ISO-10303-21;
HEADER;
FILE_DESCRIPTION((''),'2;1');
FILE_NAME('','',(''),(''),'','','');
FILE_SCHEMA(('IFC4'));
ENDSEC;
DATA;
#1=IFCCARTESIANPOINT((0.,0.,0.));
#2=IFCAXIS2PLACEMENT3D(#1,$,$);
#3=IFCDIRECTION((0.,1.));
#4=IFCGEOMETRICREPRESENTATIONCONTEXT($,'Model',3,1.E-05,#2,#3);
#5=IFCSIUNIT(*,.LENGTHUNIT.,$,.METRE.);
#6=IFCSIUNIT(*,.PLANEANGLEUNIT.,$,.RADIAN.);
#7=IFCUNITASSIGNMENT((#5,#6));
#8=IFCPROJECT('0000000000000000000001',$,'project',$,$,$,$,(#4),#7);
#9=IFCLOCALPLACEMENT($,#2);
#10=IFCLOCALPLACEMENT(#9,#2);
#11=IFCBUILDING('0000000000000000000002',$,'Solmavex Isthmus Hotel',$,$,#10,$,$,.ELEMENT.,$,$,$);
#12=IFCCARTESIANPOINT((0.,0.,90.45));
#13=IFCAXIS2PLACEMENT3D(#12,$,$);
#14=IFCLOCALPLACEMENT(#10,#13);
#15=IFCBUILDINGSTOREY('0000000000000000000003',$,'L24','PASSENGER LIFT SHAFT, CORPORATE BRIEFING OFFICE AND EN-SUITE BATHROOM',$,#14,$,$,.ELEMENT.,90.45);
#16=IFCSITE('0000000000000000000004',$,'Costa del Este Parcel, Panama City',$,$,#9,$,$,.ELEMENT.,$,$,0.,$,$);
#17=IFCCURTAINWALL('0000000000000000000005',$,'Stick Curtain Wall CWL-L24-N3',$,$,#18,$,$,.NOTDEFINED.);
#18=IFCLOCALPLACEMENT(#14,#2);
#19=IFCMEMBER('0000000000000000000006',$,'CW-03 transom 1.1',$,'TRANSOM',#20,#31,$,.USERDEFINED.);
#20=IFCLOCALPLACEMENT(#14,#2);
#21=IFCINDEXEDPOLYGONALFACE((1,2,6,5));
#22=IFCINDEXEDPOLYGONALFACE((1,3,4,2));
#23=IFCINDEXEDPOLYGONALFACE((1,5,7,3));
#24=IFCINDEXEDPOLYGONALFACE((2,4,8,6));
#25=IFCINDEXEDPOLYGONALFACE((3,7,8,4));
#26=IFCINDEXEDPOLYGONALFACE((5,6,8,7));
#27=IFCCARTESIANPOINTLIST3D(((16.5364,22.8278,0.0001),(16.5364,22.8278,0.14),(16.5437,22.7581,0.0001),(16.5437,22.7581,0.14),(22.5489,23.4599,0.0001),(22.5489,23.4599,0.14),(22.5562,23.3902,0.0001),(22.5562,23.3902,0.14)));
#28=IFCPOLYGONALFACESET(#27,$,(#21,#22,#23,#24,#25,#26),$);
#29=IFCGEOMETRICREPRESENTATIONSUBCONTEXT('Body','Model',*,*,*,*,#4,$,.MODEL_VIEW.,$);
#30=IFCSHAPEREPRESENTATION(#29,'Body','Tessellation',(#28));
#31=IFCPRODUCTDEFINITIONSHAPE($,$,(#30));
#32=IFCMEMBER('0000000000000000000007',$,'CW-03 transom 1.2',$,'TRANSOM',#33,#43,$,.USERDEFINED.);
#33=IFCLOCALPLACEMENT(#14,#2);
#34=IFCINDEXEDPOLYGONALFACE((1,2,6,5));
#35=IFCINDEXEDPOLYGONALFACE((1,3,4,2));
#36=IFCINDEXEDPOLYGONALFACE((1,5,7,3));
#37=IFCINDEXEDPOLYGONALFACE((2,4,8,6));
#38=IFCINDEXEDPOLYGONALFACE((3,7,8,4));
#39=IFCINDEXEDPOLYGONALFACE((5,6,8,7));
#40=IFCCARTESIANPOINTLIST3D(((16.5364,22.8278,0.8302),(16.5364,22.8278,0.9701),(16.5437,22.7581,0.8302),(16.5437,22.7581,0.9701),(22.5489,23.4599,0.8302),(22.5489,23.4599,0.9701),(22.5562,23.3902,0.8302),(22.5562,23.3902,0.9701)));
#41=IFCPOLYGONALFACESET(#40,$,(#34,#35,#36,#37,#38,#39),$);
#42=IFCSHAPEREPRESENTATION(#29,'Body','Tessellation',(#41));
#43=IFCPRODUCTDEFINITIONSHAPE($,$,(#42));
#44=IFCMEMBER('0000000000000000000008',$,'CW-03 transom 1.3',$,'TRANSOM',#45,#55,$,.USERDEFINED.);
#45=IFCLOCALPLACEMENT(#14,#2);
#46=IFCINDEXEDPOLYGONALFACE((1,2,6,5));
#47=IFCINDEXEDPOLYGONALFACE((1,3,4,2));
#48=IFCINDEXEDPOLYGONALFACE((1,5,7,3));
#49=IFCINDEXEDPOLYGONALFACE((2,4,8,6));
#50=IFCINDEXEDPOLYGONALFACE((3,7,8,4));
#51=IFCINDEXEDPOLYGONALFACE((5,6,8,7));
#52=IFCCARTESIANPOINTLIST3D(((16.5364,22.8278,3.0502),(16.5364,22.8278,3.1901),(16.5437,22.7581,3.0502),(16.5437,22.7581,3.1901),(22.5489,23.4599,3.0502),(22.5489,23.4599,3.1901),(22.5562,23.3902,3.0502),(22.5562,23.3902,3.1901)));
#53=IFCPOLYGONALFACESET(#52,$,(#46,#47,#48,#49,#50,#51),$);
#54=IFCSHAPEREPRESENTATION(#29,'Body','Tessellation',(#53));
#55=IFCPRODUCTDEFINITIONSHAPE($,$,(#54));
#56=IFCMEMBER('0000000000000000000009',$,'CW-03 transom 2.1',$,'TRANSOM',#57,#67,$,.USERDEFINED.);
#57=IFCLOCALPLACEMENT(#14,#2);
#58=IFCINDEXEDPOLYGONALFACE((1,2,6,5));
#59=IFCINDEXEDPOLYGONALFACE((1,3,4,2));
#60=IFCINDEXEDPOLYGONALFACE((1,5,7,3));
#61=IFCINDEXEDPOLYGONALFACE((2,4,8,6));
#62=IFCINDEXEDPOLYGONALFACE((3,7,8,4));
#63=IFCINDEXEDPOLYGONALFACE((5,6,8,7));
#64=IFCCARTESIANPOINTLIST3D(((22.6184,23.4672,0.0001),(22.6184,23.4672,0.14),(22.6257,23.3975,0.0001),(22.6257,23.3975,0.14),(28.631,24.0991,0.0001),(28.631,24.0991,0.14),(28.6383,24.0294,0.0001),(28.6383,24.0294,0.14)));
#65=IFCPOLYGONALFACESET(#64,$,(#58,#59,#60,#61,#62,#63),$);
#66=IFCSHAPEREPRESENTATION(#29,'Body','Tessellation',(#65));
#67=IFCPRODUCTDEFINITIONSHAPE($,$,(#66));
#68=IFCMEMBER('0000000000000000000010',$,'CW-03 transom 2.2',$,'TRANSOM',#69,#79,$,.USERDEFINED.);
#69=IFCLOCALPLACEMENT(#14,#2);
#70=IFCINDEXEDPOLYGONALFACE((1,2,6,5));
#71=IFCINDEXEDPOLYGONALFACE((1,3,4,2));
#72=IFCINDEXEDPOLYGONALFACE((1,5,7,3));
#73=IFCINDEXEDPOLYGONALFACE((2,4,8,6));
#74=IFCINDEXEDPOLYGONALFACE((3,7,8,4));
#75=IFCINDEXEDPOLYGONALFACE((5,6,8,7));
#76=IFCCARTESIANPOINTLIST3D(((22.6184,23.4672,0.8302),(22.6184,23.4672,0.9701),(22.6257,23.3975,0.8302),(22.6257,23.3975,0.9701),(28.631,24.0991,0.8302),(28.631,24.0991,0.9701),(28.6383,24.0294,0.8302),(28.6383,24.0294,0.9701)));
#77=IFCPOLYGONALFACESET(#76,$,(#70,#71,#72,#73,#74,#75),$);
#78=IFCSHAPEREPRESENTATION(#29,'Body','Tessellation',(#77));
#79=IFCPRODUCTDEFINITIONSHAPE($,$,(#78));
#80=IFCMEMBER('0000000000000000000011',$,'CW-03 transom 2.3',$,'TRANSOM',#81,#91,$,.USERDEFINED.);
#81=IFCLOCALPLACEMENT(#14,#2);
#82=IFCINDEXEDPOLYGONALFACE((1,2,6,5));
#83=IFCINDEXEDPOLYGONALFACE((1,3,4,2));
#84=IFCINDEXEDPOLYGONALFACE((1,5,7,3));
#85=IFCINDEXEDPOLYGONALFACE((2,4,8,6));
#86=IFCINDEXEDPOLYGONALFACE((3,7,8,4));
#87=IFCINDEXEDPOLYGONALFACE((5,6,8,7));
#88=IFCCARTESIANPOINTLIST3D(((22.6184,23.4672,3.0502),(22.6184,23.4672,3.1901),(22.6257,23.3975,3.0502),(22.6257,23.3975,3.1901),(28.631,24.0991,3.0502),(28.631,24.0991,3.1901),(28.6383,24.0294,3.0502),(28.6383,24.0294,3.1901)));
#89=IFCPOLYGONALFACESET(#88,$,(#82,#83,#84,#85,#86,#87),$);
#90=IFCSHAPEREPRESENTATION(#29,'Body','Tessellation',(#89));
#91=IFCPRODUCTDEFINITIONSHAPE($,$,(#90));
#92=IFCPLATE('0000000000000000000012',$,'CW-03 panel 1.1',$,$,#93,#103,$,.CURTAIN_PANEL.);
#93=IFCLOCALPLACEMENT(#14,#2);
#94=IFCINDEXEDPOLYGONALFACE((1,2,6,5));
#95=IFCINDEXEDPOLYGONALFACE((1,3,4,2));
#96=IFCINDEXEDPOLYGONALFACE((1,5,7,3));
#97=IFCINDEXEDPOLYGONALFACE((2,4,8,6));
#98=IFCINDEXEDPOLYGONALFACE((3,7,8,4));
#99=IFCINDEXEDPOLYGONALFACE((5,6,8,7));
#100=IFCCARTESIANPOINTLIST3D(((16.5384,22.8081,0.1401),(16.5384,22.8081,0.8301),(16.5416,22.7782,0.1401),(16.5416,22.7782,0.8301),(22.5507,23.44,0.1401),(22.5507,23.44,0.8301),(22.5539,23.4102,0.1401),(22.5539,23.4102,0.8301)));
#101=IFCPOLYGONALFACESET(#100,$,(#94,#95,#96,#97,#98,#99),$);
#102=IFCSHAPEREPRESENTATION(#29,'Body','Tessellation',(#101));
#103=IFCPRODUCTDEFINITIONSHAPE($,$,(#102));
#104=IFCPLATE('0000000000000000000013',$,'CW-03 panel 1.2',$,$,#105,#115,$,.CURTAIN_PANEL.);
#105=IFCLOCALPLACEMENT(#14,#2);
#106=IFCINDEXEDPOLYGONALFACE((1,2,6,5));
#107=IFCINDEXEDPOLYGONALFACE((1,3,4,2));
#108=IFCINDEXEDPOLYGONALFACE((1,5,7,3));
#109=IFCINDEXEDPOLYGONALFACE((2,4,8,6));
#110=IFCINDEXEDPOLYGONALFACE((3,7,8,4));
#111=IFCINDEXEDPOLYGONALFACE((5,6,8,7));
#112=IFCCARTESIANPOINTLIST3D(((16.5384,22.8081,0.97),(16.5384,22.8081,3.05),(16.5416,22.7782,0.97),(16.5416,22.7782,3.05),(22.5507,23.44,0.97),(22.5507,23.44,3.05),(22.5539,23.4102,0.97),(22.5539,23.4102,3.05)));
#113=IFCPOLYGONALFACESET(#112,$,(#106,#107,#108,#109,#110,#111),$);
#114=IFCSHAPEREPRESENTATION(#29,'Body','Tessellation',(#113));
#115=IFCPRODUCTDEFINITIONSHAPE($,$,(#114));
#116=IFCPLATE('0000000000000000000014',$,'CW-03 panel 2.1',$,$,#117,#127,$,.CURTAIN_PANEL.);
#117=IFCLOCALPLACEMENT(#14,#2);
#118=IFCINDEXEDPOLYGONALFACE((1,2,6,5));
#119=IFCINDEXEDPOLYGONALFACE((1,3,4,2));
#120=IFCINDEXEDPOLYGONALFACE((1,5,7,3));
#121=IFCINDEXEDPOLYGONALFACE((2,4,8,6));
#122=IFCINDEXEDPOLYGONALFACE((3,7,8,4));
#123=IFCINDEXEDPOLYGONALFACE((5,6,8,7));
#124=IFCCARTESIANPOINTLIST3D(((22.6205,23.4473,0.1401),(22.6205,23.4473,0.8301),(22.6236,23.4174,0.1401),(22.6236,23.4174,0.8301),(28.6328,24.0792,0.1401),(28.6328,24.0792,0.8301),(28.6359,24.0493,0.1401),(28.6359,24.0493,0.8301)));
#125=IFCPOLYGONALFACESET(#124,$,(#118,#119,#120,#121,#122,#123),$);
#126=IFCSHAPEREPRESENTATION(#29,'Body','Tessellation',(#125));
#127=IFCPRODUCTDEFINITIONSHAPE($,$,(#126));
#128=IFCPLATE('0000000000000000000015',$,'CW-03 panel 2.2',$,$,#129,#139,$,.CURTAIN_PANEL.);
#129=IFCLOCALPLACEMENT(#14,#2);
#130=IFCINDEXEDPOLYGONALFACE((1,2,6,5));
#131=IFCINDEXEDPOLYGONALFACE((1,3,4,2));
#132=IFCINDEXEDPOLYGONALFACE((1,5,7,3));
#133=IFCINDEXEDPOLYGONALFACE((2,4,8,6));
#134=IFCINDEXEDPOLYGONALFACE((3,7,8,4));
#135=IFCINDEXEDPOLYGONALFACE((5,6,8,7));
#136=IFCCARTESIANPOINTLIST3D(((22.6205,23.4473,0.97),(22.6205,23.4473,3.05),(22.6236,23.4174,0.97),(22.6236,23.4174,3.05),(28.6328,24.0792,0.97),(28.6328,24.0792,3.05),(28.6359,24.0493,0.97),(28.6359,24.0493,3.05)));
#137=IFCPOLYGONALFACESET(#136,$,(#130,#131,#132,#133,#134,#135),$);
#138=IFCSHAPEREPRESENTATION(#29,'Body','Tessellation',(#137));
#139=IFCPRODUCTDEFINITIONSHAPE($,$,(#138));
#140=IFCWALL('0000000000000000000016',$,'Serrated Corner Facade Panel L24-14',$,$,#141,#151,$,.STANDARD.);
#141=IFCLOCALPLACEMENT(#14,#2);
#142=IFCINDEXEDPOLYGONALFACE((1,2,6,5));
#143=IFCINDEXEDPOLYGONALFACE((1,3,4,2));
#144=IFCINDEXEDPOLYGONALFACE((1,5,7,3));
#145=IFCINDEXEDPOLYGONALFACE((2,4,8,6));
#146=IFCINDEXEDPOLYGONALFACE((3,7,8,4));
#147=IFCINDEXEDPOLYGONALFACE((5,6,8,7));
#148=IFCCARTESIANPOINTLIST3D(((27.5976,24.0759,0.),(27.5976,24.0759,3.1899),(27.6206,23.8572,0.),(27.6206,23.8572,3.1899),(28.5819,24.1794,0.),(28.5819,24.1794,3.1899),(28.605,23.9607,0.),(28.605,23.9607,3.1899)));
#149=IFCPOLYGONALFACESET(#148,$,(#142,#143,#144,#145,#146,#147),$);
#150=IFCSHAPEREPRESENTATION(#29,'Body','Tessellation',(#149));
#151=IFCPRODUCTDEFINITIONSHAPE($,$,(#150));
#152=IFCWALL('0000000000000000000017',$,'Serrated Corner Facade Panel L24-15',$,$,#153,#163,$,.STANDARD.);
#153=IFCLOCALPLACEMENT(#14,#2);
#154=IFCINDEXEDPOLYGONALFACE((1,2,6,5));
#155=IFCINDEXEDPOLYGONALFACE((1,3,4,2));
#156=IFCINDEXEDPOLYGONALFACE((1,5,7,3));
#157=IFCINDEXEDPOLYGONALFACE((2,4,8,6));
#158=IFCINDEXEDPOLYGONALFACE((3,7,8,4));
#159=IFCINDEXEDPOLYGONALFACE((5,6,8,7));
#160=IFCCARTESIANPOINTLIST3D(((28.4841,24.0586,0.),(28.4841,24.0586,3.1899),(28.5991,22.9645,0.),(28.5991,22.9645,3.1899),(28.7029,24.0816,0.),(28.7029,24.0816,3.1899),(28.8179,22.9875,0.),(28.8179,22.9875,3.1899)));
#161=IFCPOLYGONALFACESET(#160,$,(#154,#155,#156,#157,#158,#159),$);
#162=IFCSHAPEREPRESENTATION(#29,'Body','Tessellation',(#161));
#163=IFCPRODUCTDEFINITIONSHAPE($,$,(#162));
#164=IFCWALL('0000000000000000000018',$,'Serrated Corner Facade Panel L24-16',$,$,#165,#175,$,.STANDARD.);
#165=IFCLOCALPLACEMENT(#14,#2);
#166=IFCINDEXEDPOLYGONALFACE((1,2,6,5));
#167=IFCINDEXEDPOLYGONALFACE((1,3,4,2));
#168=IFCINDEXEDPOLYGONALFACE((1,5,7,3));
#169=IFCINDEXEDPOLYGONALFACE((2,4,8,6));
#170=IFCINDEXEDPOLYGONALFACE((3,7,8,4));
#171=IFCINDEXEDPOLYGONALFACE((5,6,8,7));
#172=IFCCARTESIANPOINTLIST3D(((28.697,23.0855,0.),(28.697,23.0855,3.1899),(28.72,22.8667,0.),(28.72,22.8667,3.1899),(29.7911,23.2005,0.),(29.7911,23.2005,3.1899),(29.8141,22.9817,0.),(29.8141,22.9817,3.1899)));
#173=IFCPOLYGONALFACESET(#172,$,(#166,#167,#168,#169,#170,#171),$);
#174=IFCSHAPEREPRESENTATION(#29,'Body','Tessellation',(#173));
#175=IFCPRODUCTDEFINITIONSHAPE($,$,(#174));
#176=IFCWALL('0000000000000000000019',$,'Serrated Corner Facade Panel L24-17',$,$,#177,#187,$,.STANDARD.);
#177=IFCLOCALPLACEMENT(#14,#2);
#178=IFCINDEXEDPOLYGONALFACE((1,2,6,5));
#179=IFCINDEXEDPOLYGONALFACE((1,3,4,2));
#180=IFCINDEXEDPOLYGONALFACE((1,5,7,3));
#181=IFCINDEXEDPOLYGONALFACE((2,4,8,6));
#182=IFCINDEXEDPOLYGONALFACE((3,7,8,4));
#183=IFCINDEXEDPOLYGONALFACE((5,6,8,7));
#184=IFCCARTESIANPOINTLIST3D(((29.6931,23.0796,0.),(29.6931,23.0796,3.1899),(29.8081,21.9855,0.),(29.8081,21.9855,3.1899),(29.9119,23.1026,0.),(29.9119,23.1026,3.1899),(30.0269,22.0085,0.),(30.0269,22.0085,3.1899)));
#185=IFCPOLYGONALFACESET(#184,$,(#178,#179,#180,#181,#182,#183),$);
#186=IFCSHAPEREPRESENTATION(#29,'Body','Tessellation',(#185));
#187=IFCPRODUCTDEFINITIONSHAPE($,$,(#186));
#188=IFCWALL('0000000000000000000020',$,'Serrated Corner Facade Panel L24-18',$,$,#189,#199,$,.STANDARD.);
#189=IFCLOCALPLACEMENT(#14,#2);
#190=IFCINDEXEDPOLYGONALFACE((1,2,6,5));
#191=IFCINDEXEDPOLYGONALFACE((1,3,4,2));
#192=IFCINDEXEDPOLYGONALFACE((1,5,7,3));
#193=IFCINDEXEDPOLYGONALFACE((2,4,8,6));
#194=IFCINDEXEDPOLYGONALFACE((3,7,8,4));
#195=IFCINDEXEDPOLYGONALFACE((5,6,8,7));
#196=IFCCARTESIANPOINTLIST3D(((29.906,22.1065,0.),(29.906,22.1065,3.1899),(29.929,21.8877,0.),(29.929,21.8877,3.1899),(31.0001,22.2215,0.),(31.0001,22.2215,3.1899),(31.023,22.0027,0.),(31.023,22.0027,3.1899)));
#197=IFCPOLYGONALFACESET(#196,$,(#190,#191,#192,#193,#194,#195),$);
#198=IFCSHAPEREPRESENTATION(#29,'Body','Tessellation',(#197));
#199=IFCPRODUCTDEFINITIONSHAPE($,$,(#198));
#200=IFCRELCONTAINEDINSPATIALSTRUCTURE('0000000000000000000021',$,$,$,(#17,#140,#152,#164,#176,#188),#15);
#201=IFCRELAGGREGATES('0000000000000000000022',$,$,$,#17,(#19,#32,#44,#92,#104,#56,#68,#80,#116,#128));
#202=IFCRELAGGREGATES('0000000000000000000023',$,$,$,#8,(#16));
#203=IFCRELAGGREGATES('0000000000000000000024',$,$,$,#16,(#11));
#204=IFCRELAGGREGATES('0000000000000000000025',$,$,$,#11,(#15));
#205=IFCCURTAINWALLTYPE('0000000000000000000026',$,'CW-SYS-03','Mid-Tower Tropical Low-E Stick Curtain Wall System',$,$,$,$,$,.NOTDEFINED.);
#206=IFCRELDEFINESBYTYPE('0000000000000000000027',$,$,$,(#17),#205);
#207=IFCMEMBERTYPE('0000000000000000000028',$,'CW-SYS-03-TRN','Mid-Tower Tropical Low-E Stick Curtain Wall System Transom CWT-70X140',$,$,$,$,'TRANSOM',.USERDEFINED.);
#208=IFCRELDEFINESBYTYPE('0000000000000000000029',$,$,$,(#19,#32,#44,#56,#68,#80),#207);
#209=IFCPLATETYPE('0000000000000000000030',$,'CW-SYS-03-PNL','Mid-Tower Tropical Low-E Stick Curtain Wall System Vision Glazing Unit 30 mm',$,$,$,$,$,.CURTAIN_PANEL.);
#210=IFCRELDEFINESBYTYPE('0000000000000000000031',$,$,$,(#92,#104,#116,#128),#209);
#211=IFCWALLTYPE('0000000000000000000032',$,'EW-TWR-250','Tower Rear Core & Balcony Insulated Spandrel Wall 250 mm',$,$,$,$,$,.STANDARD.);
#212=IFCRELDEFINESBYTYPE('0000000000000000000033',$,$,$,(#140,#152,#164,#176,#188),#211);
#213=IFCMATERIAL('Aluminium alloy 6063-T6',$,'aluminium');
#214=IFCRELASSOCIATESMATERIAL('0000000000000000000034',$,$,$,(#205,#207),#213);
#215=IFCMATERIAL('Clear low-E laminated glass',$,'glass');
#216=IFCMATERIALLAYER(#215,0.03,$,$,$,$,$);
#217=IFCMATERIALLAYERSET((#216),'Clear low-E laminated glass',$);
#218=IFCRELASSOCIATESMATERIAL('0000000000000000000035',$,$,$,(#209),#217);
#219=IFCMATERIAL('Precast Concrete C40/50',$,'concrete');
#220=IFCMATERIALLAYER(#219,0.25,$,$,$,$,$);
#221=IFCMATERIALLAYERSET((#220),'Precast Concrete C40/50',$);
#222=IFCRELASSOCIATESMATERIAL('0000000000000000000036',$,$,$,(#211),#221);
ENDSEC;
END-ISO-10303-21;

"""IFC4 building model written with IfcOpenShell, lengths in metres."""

from ifc_helpers import new_model, si_unit, direction, frame, frame_2d, origin, origin_2d, place, context, subcontext, project, spatial, rectangle, extrude, material, layer, layer_set, material_profile, profile_set, type_object, element, aggregate, save


model = new_model("IFC4")

# Units and contexts
model_context = context("Model", 3, precision=1e-05, world=origin(), true_north=direction((0.0, 1.0)))
body_context = subcontext(model_context, "Body", "Model", "MODEL_VIEW")
ifc_project = project(units=[si_unit("LENGTHUNIT", "METRE"), si_unit("PLANEANGLEUNIT", "RADIAN")], contexts=[model_context])

# Site, building, storey
site_placement = place(None, origin())
site = spatial("IfcSite", under=ifc_project, at=site_placement, Name="Costa del Este Parcel, Panama City", CompositionType="ELEMENT", RefElevation=0.0)
building_placement = place(site_placement, origin())
building = spatial("IfcBuilding", under=site, at=building_placement, Name="Solmavex Isthmus Hotel", CompositionType="ELEMENT")
storey_placement = place(building_placement, frame((0.0, 0.0, 90.45)))
storey = spatial("IfcBuildingStorey", under=building, at=storey_placement, Name="L24", Description="PASSENGER LIFT SHAFT, CORPORATE BRIEFING OFFICE AND EN-SUITE BATHROOM", CompositionType="ELEMENT", Elevation=90.45)

# Curtain wall
ifc_material_1 = material(Name="Aluminium alloy 6063-T6", Category="aluminium")
curtain_wall_type = type_object("IfcCurtainWallType", Name="CW-SYS-03", Description="Mid-Tower Tropical Low-E Stick Curtain Wall System", PredefinedType="NOTDEFINED", material=ifc_material_1)
curtain_wall_1_placement = place(storey_placement, origin())
curtain_wall_1 = element("IfcCurtainWall", 1, at=curtain_wall_1_placement, inside=storey, type_object=curtain_wall_type, Name="Stick Curtain Wall CWL-L24-N3", PredefinedType="NOTDEFINED")

# Members
ifc_material_profile_1 = material_profile(ifc_material_1, rectangle(XDim=0.0701, YDim=0.1399, at=origin_2d()), Name="CWT-70X140")
ifc_profile_set_1 = profile_set([ifc_material_profile_1], Name="Aluminium alloy 6063-T6")
member_type_1 = type_object("IfcMemberType", Name="CW-SYS-03-TRN", Description="Mid-Tower Tropical Low-E Stick Curtain Wall System Transom CWT-70X140", ElementType="TRANSOM", PredefinedType="USERDEFINED", material=ifc_profile_set_1)
member_1_placement = place(storey_placement, frame((16.54, 22.793, 0.0701), z_axis=(0.994519, 0.104552, 0.0), x_axis=(-0.104552, 0.994519, 0.0)))
member_1 = element("IfcMember", 2, at=member_1_placement, type_object=member_type_1, Name="CW-03 transom 1.1", ObjectType="TRANSOM", PredefinedType="USERDEFINED", context=body_context, shape_type="SweptSolid", body=[
    extrude(rectangle(XDim=0.0701, YDim=0.1399, at=origin_2d()), origin(), (0.0, 0.0, 1.0), 6.0457),
])
member_2_placement = place(storey_placement, frame((16.54, 22.793, 0.9001), z_axis=(0.994519, 0.104552, 0.0), x_axis=(-0.104552, 0.994519, 0.0)))
member_2 = element("IfcMember", 3, at=member_2_placement, type_object=member_type_1, Name="CW-03 transom 1.2", ObjectType="TRANSOM", PredefinedType="USERDEFINED", context=body_context, shape_type="SweptSolid", body=[
    extrude(rectangle(XDim=0.0701, YDim=0.1399, at=origin_2d()), origin(), (0.0, 0.0, 1.0), 6.0457),
])
member_3_placement = place(storey_placement, frame((16.54, 22.793, 3.1201), z_axis=(0.994519, 0.104552, 0.0), x_axis=(-0.104552, 0.994519, 0.0)))
member_3 = element("IfcMember", 4, at=member_3_placement, type_object=member_type_1, Name="CW-03 transom 1.3", ObjectType="TRANSOM", PredefinedType="USERDEFINED", context=body_context, shape_type="SweptSolid", body=[
    extrude(rectangle(XDim=0.0701, YDim=0.1399, at=origin_2d()), origin(), (0.0, 0.0, 1.0), 6.0457),
])
member_4_placement = place(storey_placement, frame((22.6221, 23.4324, 0.0701), z_axis=(0.994524, 0.104512, 0.0), x_axis=(-0.104512, 0.994524, 0.0)))
member_4 = element("IfcMember", 5, at=member_4_placement, type_object=member_type_1, Name="CW-03 transom 2.1", ObjectType="TRANSOM", PredefinedType="USERDEFINED", context=body_context, shape_type="SweptSolid", body=[
    extrude(rectangle(XDim=0.0701, YDim=0.1399, at=origin_2d()), origin(), (0.0, 0.0, 1.0), 6.0457),
])
member_5_placement = place(storey_placement, frame((22.6221, 23.4324, 0.9001), z_axis=(0.994524, 0.104512, 0.0), x_axis=(-0.104512, 0.994524, 0.0)))
member_5 = element("IfcMember", 6, at=member_5_placement, type_object=member_type_1, Name="CW-03 transom 2.2", ObjectType="TRANSOM", PredefinedType="USERDEFINED", context=body_context, shape_type="SweptSolid", body=[
    extrude(rectangle(XDim=0.0701, YDim=0.1399, at=origin_2d()), origin(), (0.0, 0.0, 1.0), 6.0457),
])
member_6_placement = place(storey_placement, frame((22.6221, 23.4324, 3.1201), z_axis=(0.994524, 0.104512, 0.0), x_axis=(-0.104512, 0.994524, 0.0)))
member_6 = element("IfcMember", 7, at=member_6_placement, type_object=member_type_1, Name="CW-03 transom 2.3", ObjectType="TRANSOM", PredefinedType="USERDEFINED", context=body_context, shape_type="SweptSolid", body=[
    extrude(rectangle(XDim=0.0701, YDim=0.1399, at=origin_2d()), origin(), (0.0, 0.0, 1.0), 6.0457),
])

# Plates
ifc_material_2 = material(Name="Clear low-E laminated glass", Category="glass")
ifc_layer_1 = layer(ifc_material_2, 0.03)
ifc_layer_set_1 = layer_set([ifc_layer_1], Name="Clear low-E laminated glass")
plate_type = type_object("IfcPlateType", Name="CW-SYS-03-PNL", Description="Mid-Tower Tropical Low-E Stick Curtain Wall System Vision Glazing Unit 30 mm", PredefinedType="CURTAIN_PANEL", material=ifc_layer_set_1)
plate_1_placement = place(storey_placement, frame((19.5461, 23.1091, 0.1401), z_axis=(0.0, 0.0, 1.0), x_axis=(0.994522, 0.104528, 0.0)))
plate_1 = element("IfcPlate", 8, at=plate_1_placement, type_object=plate_type, Name="CW-03 panel 1.1", PredefinedType="CURTAIN_PANEL", context=body_context, shape_type="SweptSolid", body=[
    extrude(rectangle(XDim=6.0454, YDim=0.03, at=origin_2d()), origin(), (0.0, 0.0, 1.0), 0.6899),
])
plate_2_placement = place(storey_placement, frame((19.5461, 23.1091, 0.97), z_axis=(0.0, 0.0, 1.0), x_axis=(0.994522, 0.104528, 0.0)))
plate_2 = element("IfcPlate", 9, at=plate_2_placement, type_object=plate_type, Name="CW-03 panel 1.2", PredefinedType="CURTAIN_PANEL", context=body_context, shape_type="SweptSolid", body=[
    extrude(rectangle(XDim=6.0454, YDim=0.03, at=origin_2d()), origin(), (0.0, 0.0, 1.0), 2.0801),
])
plate_3_placement = place(storey_placement, frame((25.6282, 23.7483, 0.1401), z_axis=(0.0, 0.0, 1.0), x_axis=(0.994522, 0.104528, 0.0)))
plate_3 = element("IfcPlate", 10, at=plate_3_placement, type_object=plate_type, Name="CW-03 panel 2.1", PredefinedType="CURTAIN_PANEL", context=body_context, shape_type="SweptSolid", body=[
    extrude(rectangle(XDim=6.0454, YDim=0.03, at=origin_2d()), origin(), (0.0, 0.0, 1.0), 0.6899),
])
plate_4_placement = place(storey_placement, frame((25.6282, 23.7483, 0.97), z_axis=(0.0, 0.0, 1.0), x_axis=(0.994522, 0.104528, 0.0)))
plate_4 = element("IfcPlate", 11, at=plate_4_placement, type_object=plate_type, Name="CW-03 panel 2.2", PredefinedType="CURTAIN_PANEL", context=body_context, shape_type="SweptSolid", body=[
    extrude(rectangle(XDim=6.0454, YDim=0.03, at=origin_2d()), origin(), (0.0, 0.0, 1.0), 2.0801),
])
aggregate(curtain_wall_1, [member_1, member_2, member_3, plate_1, plate_2, member_4, member_5, member_6, plate_3, plate_4])

# Walls
ifc_material_3 = material(Name="Precast Concrete C40/50", Category="concrete")
ifc_layer_2 = layer(ifc_material_3, 0.25)
ifc_layer_set_2 = layer_set([ifc_layer_2], Name="Precast Concrete C40/50")
wall_type_1 = type_object("IfcWallType", Name="EW-TWR-250", Description="Tower Rear Core & Balcony Insulated Spandrel Wall 250 mm", PredefinedType="STANDARD", material=ifc_layer_set_2)
wall_1_placement = place(storey_placement, frame((27.6091, 23.9666, 0.0), z_axis=(0.0, 0.0, 1.0), x_axis=(0.994516, 0.104582, 0.0)))
element("IfcWall", 12, at=wall_1_placement, inside=storey, type_object=wall_type_1, Name="Serrated Corner Facade Panel L24-14", PredefinedType="STANDARD", context=body_context, shape_type="SweptSolid", body=[
    extrude(rectangle(XDim=0.9897, YDim=0.22, at=frame_2d((0.4949, 0.0))), origin(), (0.0, 0.0, 1.0), 3.1899),
])
for number, where, z_axis, x_axis, name in (
    (13, (28.5935, 24.0701, 0.0), (0.0, 0.0, 1.0), (0.104535, -0.994521, 0.0), "Serrated Corner Facade Panel L24-15"),
    (14, (28.7085, 22.9761, 0.0), (0.0, 0.0, 1.0), (0.994521, 0.104535, 0.0), "Serrated Corner Facade Panel L24-16"),
    (15, (29.8025, 23.0911, 0.0), (0.0, 0.0, 1.0), (0.104535, -0.994521, 0.0), "Serrated Corner Facade Panel L24-17"),
    (16, (29.9175, 21.9971, 0.0), (0.0, 0.0, 1.0), (0.994521, 0.104535, 0.0), "Serrated Corner Facade Panel L24-18"),
):
    element("IfcWall", number, at=place(storey_placement, frame(where, z_axis=z_axis, x_axis=x_axis)), inside=storey, type_object=wall_type_1, Name=name, PredefinedType="STANDARD", context=body_context, shape_type="SweptSolid", body=[
        extrude(rectangle(XDim=1.1001, YDim=0.22, at=frame_2d((0.55, 0.0))), origin(), (0.0, 0.0, 1.0), 3.1899),
    ])

save(model, "model.ifc")
